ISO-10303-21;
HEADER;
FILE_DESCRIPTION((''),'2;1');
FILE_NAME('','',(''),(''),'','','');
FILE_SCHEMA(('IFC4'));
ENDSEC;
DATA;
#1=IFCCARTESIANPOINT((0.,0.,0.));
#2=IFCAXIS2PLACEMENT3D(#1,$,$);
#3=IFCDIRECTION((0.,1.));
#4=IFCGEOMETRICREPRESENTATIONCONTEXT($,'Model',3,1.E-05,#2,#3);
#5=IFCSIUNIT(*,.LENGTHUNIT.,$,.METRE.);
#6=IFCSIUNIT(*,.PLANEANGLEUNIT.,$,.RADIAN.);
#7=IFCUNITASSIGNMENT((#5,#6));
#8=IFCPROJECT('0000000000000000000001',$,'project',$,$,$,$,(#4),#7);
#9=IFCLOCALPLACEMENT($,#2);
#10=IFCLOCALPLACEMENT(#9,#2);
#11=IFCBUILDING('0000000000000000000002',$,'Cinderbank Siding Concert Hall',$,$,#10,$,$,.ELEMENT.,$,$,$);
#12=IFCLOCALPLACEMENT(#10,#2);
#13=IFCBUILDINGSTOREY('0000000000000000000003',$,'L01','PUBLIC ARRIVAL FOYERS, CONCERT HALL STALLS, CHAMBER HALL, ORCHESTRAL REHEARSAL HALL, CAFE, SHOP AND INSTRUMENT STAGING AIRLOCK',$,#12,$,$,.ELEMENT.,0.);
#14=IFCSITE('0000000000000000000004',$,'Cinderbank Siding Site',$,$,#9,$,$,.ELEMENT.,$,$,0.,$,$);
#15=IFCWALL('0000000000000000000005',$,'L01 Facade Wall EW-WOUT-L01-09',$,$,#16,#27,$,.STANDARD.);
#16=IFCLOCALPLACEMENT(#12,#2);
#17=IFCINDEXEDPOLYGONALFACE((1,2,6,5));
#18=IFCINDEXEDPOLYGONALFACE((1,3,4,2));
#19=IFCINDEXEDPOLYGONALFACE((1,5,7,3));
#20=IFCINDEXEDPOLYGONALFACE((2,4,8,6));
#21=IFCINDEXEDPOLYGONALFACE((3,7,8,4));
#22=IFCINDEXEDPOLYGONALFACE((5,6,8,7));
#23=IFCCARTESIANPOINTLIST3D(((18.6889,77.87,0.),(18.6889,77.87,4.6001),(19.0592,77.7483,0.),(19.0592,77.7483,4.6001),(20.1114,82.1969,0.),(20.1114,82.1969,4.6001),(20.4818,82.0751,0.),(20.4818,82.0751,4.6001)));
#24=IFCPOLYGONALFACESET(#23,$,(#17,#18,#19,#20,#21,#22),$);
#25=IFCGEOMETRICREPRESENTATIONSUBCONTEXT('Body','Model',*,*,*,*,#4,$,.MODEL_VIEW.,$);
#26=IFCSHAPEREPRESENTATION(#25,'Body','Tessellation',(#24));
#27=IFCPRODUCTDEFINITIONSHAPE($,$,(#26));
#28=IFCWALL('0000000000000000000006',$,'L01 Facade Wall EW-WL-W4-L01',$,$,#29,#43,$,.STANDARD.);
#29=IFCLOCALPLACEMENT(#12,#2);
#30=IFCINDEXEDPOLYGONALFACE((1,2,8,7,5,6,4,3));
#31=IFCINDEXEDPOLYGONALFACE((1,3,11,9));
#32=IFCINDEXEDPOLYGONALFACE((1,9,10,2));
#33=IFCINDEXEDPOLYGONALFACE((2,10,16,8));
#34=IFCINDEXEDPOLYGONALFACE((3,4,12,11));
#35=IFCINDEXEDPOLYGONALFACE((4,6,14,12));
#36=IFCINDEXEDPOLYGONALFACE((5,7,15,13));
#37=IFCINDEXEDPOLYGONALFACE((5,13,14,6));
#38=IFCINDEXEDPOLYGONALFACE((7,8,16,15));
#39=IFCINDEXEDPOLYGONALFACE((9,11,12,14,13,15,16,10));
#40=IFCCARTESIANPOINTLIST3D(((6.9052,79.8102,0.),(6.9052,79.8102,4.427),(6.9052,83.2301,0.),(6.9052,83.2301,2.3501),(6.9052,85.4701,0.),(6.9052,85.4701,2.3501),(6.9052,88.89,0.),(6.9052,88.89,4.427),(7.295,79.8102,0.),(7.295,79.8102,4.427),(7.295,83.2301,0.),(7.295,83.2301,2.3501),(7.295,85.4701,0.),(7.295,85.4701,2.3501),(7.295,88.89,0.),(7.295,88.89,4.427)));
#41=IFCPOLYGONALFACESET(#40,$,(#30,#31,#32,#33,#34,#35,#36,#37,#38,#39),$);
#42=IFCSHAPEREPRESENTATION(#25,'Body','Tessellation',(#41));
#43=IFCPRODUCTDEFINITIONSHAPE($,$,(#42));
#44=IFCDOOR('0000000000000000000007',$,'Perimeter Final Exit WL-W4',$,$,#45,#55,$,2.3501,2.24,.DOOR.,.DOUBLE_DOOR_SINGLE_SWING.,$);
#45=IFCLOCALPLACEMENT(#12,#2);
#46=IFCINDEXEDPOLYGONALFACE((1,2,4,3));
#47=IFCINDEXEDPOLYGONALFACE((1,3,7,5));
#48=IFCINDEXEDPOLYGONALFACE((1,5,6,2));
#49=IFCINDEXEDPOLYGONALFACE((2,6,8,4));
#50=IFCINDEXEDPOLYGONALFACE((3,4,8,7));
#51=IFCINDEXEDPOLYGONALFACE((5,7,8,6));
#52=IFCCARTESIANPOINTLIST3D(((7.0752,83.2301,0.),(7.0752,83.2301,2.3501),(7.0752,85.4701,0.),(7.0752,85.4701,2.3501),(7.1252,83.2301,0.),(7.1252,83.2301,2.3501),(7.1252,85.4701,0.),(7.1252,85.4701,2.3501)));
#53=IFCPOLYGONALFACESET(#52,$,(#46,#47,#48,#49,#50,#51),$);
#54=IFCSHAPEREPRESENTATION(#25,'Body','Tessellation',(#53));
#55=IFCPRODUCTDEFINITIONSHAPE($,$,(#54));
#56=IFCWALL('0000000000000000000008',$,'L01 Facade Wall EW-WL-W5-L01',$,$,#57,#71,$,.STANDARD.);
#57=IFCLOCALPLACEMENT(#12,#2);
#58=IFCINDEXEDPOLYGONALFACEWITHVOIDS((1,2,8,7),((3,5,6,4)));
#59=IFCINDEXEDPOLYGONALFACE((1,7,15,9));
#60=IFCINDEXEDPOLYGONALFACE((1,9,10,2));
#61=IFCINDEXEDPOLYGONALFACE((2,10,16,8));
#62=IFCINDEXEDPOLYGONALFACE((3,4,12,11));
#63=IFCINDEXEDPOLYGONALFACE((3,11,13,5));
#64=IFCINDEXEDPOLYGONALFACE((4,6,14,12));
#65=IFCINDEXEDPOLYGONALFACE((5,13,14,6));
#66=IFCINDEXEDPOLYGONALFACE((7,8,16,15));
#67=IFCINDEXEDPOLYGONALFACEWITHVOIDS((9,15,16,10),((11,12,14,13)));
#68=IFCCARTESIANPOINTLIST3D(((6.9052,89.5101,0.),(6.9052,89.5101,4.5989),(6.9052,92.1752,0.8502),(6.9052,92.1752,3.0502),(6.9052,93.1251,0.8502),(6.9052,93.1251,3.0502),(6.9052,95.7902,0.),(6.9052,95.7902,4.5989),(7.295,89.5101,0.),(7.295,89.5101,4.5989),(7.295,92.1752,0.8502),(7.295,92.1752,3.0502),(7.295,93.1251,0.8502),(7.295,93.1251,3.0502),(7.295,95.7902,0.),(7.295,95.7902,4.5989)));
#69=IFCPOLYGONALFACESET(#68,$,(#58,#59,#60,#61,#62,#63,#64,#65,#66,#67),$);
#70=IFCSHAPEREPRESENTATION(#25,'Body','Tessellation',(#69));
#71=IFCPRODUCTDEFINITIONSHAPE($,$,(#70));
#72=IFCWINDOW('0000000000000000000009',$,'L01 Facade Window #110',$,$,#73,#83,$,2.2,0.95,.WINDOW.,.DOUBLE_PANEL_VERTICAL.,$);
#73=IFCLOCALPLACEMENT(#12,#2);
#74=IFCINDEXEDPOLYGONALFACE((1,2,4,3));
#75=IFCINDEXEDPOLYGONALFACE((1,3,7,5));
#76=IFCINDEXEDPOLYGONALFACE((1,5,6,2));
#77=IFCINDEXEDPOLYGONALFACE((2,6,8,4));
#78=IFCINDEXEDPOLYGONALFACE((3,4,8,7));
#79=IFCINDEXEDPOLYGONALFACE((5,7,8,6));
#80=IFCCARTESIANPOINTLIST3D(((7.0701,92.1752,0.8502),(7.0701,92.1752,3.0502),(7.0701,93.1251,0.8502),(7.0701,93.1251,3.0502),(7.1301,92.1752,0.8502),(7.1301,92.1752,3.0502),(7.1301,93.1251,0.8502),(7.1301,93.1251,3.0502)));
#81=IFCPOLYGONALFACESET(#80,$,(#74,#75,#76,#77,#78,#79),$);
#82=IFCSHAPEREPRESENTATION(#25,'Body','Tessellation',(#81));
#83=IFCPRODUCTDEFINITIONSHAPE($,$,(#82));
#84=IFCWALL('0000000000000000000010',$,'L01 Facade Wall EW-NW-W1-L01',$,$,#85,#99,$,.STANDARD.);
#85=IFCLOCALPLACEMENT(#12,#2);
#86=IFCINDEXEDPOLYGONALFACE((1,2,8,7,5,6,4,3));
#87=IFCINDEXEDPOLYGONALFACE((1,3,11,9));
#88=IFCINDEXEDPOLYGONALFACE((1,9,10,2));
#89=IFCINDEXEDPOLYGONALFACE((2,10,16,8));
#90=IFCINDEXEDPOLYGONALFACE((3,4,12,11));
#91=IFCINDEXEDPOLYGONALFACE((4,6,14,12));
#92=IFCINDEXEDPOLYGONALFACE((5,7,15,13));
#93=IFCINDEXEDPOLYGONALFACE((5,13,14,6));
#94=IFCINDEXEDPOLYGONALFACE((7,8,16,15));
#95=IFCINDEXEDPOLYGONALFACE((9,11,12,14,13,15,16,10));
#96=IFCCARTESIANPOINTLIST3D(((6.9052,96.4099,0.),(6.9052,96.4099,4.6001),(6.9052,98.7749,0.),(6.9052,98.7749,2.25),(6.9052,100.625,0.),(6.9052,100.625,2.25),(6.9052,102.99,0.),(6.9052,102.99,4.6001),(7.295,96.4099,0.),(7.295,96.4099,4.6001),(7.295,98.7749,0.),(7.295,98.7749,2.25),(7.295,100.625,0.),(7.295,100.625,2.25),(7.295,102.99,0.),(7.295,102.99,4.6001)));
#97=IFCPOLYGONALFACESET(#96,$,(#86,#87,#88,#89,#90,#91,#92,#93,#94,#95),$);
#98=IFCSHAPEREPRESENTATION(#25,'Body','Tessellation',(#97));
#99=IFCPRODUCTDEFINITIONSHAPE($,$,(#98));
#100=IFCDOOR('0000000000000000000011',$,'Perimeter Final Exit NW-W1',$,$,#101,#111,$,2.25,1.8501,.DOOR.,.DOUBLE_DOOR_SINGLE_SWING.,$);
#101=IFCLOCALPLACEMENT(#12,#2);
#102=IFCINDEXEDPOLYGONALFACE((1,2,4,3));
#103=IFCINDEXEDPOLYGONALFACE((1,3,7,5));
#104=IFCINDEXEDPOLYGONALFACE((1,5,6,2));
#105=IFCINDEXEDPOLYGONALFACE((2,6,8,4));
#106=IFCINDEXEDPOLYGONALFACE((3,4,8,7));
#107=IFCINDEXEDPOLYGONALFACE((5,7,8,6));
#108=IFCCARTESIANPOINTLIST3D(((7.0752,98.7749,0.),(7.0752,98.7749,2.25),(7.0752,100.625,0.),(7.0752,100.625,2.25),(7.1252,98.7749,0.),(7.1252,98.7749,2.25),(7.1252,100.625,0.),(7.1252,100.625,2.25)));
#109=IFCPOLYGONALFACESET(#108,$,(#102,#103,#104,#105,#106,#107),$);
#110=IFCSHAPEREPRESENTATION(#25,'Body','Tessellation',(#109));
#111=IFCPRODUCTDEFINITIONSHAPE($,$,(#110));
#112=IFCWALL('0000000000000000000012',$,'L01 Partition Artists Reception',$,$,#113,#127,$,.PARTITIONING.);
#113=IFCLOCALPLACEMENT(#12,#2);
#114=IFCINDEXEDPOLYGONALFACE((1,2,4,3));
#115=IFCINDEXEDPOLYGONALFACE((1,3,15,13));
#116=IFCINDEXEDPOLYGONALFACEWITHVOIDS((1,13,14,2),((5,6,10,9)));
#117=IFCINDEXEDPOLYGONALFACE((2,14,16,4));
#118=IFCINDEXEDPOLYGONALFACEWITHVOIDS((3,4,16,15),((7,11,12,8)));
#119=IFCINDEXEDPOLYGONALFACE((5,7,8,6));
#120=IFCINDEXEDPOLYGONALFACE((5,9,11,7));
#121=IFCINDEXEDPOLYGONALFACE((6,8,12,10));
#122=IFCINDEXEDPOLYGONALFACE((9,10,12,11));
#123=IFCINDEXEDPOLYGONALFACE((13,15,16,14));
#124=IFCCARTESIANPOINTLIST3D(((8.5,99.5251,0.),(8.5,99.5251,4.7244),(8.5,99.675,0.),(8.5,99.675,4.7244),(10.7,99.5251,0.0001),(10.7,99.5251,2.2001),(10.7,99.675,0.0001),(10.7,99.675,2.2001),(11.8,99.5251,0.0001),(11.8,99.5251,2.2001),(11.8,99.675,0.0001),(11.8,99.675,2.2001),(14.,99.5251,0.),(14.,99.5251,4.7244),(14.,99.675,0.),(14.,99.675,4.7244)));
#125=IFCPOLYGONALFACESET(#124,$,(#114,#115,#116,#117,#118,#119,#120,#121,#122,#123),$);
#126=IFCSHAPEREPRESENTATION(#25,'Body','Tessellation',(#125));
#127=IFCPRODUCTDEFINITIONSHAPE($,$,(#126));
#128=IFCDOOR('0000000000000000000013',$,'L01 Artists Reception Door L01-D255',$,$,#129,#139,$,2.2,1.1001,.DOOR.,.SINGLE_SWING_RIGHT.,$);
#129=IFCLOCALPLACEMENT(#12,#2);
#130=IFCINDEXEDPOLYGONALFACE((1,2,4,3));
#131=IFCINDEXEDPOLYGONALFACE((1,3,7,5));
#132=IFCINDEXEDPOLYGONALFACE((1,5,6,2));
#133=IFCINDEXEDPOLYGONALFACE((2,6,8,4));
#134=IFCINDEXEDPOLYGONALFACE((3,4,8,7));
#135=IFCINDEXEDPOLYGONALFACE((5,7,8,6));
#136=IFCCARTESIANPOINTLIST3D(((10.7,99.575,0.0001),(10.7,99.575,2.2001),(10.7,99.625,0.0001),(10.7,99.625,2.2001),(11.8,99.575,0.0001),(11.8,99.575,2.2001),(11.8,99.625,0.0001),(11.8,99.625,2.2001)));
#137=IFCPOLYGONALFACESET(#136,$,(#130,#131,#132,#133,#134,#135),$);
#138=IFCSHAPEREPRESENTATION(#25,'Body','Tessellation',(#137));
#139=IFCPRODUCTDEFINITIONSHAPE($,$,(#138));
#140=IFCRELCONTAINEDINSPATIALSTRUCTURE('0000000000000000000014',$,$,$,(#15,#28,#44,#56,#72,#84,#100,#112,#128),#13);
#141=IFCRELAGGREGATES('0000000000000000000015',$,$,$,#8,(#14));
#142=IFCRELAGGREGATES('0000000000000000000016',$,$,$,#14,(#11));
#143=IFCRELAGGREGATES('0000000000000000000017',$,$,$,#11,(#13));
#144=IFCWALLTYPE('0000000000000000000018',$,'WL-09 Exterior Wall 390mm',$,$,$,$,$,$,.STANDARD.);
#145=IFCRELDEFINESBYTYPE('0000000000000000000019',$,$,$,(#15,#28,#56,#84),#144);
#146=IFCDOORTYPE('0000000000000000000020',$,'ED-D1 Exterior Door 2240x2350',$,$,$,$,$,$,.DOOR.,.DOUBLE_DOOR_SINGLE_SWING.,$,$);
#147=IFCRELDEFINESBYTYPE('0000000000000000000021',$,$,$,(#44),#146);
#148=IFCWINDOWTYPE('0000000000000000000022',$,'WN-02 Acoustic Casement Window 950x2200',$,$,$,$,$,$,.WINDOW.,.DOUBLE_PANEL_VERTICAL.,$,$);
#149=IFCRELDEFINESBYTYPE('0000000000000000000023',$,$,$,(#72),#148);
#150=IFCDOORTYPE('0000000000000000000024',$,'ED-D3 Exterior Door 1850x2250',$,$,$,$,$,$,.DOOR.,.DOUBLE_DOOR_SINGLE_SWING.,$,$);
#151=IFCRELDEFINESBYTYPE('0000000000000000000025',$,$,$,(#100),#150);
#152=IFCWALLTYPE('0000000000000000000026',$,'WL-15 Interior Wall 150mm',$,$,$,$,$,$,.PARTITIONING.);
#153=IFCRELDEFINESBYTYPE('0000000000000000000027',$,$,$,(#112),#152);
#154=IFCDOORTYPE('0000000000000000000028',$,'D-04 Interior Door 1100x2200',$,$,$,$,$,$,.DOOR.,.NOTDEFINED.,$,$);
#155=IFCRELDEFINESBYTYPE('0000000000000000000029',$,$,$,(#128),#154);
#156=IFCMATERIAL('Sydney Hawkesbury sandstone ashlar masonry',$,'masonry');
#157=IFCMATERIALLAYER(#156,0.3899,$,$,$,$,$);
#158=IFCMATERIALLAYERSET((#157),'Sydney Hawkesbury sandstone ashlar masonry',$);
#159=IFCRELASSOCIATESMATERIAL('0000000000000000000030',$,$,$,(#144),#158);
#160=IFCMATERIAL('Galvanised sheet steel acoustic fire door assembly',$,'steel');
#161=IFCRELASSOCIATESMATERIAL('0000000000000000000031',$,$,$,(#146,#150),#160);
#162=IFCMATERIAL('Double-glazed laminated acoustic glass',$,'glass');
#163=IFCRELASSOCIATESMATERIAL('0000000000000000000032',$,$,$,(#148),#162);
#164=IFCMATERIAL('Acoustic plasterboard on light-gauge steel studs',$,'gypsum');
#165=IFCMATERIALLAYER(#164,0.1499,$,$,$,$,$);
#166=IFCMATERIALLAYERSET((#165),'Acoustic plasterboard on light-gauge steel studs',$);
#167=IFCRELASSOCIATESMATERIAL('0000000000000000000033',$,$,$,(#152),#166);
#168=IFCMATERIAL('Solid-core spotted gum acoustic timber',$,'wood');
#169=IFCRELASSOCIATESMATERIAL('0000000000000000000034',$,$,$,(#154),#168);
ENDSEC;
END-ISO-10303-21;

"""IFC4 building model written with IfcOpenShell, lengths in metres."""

from ifc_helpers import new_model, si_unit, direction, frame, frame_2d, origin, place, context, subcontext, project, spatial, rectangle, extrude, material, layer, layer_set, type_object, element, fill, save


model = new_model("IFC4")

# Units and contexts
model_context = context("Model", 3, precision=1e-05, world=origin(), true_north=direction((0.0, 1.0)))
body_context = subcontext(model_context, "Body", "Model", "MODEL_VIEW")
ifc_project = project(units=[si_unit("LENGTHUNIT", "METRE"), si_unit("PLANEANGLEUNIT", "RADIAN")], contexts=[model_context])

# Site, building, storey
site_placement = place(None, origin())
site = spatial("IfcSite", under=ifc_project, at=site_placement, Name="Cinderbank Siding Site", CompositionType="ELEMENT", RefElevation=0.0)
building_placement = place(site_placement, origin())
building = spatial("IfcBuilding", under=site, at=building_placement, Name="Cinderbank Siding Concert Hall", CompositionType="ELEMENT")
storey_placement = place(building_placement, origin())
storey = spatial("IfcBuildingStorey", under=building, at=storey_placement, Name="L01", Description="PUBLIC ARRIVAL FOYERS, CONCERT HALL STALLS, CHAMBER HALL, ORCHESTRAL REHEARSAL HALL, CAFE, SHOP AND INSTRUMENT STAGING AIRLOCK", CompositionType="ELEMENT", Elevation=0.0)

# Wall
ifc_material_1 = material(Name="Sydney Hawkesbury sandstone ashlar masonry", Category="masonry")
ifc_layer_1 = layer(ifc_material_1, 0.3899)
ifc_layer_set_1 = layer_set([ifc_layer_1], Name="Sydney Hawkesbury sandstone ashlar masonry")
wall_type_1 = type_object("IfcWallType", Name="WL-09 Exterior Wall 390mm", PredefinedType="STANDARD", material=ifc_layer_set_1)
wall_1_placement = place(storey_placement, frame((20.2966, 82.136, 0.0), z_axis=(0.0, 0.0, 1.0), x_axis=(-0.312334, -0.949972, 0.0)))
element("IfcWall", 1, at=wall_1_placement, inside=storey, type_object=wall_type_1, Name="L01 Facade Wall EW-WOUT-L01-09", PredefinedType="STANDARD", context=body_context, shape_type="SweptSolid", body=[
    extrude(rectangle(XDim=4.5547, YDim=0.3899, at=frame_2d((2.2773, 0.0))), origin(), (0.0, 0.0, 1.0), 4.6001),
])

# Wall, opening, door
wall_2_placement = place(storey_placement, frame((7.1001, 79.8101, 0.0), z_axis=(0.0, 0.0, 1.0), x_axis=(0.0, 1.0, 0.0)))
wall_2 = element("IfcWall", 2, at=wall_2_placement, inside=storey, type_object=wall_type_1, Name="L01 Facade Wall EW-WL-W4-L01", PredefinedType="STANDARD", context=body_context, shape_type="SweptSolid", body=[
    extrude(rectangle(XDim=9.0798, YDim=0.3899, at=frame_2d((4.54, 0.0))), origin(), (0.0, 0.0, 1.0), 4.427),
])
opening_1_placement = place(wall_2_placement, frame((3.4199, 0.0, 0.0)))
opening_1 = element("IfcOpeningElement", 3, at=opening_1_placement, cuts=wall_2, PredefinedType="OPENING", context=body_context, shape_type="SweptSolid", body=[
    extrude(rectangle(XDim=2.24, YDim=2.3501, at=frame_2d((1.1201, 1.175))), frame((0.0, 0.207, 0.0), z_axis=(0.0, -1.0, 0.0), x_axis=(1.0, 0.0, 0.0)), (0.0, 0.0, 1.0), 0.4138),
])
ifc_material_2 = material(Name="Galvanised sheet steel acoustic fire door assembly", Category="steel")
door_type_1 = type_object("IfcDoorType", Name="ED-D1 Exterior Door 2240x2350", OperationType="DOUBLE_DOOR_SINGLE_SWING", PredefinedType="DOOR", material=ifc_material_2)
door_1_placement = place(opening_1_placement, origin())
door_1 = element("IfcDoor", 4, at=door_1_placement, inside=storey, type_object=door_type_1, Name="Perimeter Final Exit WL-W4", OperationType="DOUBLE_DOOR_SINGLE_SWING", OverallHeight=2.3501, OverallWidth=2.24, PredefinedType="DOOR", context=body_context, shape_type="SweptSolid", body=[
    extrude(rectangle(XDim=2.24, YDim=2.3501, at=frame_2d((1.1201, 1.175))), frame((0.0, 0.0249, 0.0), z_axis=(0.0, -1.0, 0.0), x_axis=(1.0, 0.0, 0.0)), (0.0, 0.0, 1.0), 0.05),
])
fill(opening_1, door_1)

# Wall, opening, window
wall_3_placement = place(storey_placement, frame((7.1001, 89.51, 0.0), z_axis=(0.0, 0.0, 1.0), x_axis=(0.0, 1.0, 0.0)))
wall_3 = element("IfcWall", 5, at=wall_3_placement, inside=storey, type_object=wall_type_1, Name="L01 Facade Wall EW-WL-W5-L01", PredefinedType="STANDARD", context=body_context, shape_type="SweptSolid", body=[
    extrude(rectangle(XDim=6.28, YDim=0.3899, at=frame_2d((3.1401, 0.0))), origin(), (0.0, 0.0, 1.0), 4.5989),
])
opening_2_placement = place(wall_3_placement, frame((2.665, 0.0, 0.8501)))
opening_2 = element("IfcOpeningElement", 6, at=opening_2_placement, cuts=wall_3, PredefinedType="OPENING", context=body_context, shape_type="SweptSolid", body=[
    extrude(rectangle(XDim=0.95, YDim=2.2, at=frame_2d((0.4751, 1.1001))), frame((0.0, 0.207, 0.0), z_axis=(0.0, -1.0, 0.0), x_axis=(1.0, 0.0, 0.0)), (0.0, 0.0, 1.0), 0.4138),
])
ifc_material_3 = material(Name="Double-glazed laminated acoustic glass", Category="glass")
window_type = type_object("IfcWindowType", Name="WN-02 Acoustic Casement Window 950x2200", PartitioningType="DOUBLE_PANEL_VERTICAL", PredefinedType="WINDOW", material=ifc_material_3)
window_placement = place(opening_2_placement, origin())
window = element("IfcWindow", 7, at=window_placement, inside=storey, type_object=window_type, Name="L01 Facade Window #110", OverallHeight=2.2, OverallWidth=0.95, PartitioningType="DOUBLE_PANEL_VERTICAL", PredefinedType="WINDOW", context=body_context, shape_type="SweptSolid", body=[
    extrude(rectangle(XDim=0.95, YDim=2.2, at=frame_2d((0.4751, 1.1001))), frame((0.0, 0.03, 0.0), z_axis=(0.0, -1.0, 0.0), x_axis=(1.0, 0.0, 0.0)), (0.0, 0.0, 1.0), 0.0601),
])
fill(opening_2, window)

# Walls, openings, doors
wall_4_placement = place(storey_placement, frame((7.1001, 96.4099, 0.0), z_axis=(0.0, 0.0, 1.0), x_axis=(0.0, 1.0, 0.0)))
wall_4 = element("IfcWall", 8, at=wall_4_placement, inside=storey, type_object=wall_type_1, Name="L01 Facade Wall EW-NW-W1-L01", PredefinedType="STANDARD", context=body_context, shape_type="SweptSolid", body=[
    extrude(rectangle(XDim=6.5801, YDim=0.3899, at=frame_2d((3.29, 0.0))), origin(), (0.0, 0.0, 1.0), 4.6001),
])
opening_3_placement = place(wall_4_placement, frame((2.365, 0.0, 0.0)))
opening_3 = element("IfcOpeningElement", 9, at=opening_3_placement, cuts=wall_4, PredefinedType="OPENING", context=body_context, shape_type="SweptSolid", body=[
    extrude(rectangle(XDim=1.8501, YDim=2.25, at=frame_2d((0.925, 1.125))), frame((0.0, 0.207, 0.0), z_axis=(0.0, -1.0, 0.0), x_axis=(1.0, 0.0, 0.0)), (0.0, 0.0, 1.0), 0.4138),
])
door_type_2 = type_object("IfcDoorType", Name="ED-D3 Exterior Door 1850x2250", OperationType="DOUBLE_DOOR_SINGLE_SWING", PredefinedType="DOOR", material=ifc_material_2)
door_2_placement = place(opening_3_placement, origin())
door_2 = element("IfcDoor", 10, at=door_2_placement, inside=storey, type_object=door_type_2, Name="Perimeter Final Exit NW-W1", OperationType="DOUBLE_DOOR_SINGLE_SWING", OverallHeight=2.25, OverallWidth=1.8501, PredefinedType="DOOR", context=body_context, shape_type="SweptSolid", body=[
    extrude(rectangle(XDim=1.8501, YDim=2.25, at=frame_2d((0.925, 1.125))), frame((0.0, 0.0249, 0.0), z_axis=(0.0, -1.0, 0.0), x_axis=(1.0, 0.0, 0.0)), (0.0, 0.0, 1.0), 0.05),
])
fill(opening_3, door_2)
ifc_material_4 = material(Name="Acoustic plasterboard on light-gauge steel studs", Category="gypsum")
ifc_layer_2 = layer(ifc_material_4, 0.1499)
ifc_layer_set_2 = layer_set([ifc_layer_2], Name="Acoustic plasterboard on light-gauge steel studs")
wall_type_2 = type_object("IfcWallType", Name="WL-15 Interior Wall 150mm", PredefinedType="PARTITIONING", material=ifc_layer_set_2)
wall_5_placement = place(storey_placement, frame((8.5, 99.6001, 0.0), z_axis=(0.0, 0.0, 1.0), x_axis=(1.0, 0.0, 0.0)))
wall_5 = element("IfcWall", 11, at=wall_5_placement, inside=storey, type_object=wall_type_2, Name="L01 Partition Artists Reception", PredefinedType="PARTITIONING", context=body_context, shape_type="SweptSolid", body=[
    extrude(rectangle(XDim=5.5, YDim=0.1499, at=frame_2d((2.75, 0.0))), origin(), (0.0, 0.0, 1.0), 4.7244),
])
opening_4_placement = place(wall_5_placement, frame((2.2, 0.0, 0.0)))
opening_4 = element("IfcOpeningElement", 12, at=opening_4_placement, cuts=wall_5, PredefinedType="OPENING", context=body_context, shape_type="SweptSolid", body=[
    extrude(rectangle(XDim=1.1001, YDim=2.2, at=frame_2d((0.55, 1.1001))), frame((0.0, 0.0869, 0.0), z_axis=(0.0, -1.0, 0.0), x_axis=(1.0, 0.0, 0.0)), (0.0, 0.0, 1.0), 0.1738),
])
ifc_material_5 = material(Name="Solid-core spotted gum acoustic timber", Category="wood")
door_type_3 = type_object("IfcDoorType", Name="D-04 Interior Door 1100x2200", OperationType="NOTDEFINED", PredefinedType="DOOR", material=ifc_material_5)
door_3_placement = place(opening_4_placement, origin())
door_3 = element("IfcDoor", 13, at=door_3_placement, inside=storey, type_object=door_type_3, Name="L01 Artists Reception Door L01-D255", OperationType="SINGLE_SWING_RIGHT", OverallHeight=2.2, OverallWidth=1.1001, PredefinedType="DOOR", context=body_context, shape_type="SweptSolid", body=[
    extrude(rectangle(XDim=1.1001, YDim=2.2, at=frame_2d((0.55, 1.1001))), frame((0.0, 0.0249, 0.0), z_axis=(0.0, -1.0, 0.0), x_axis=(1.0, 0.0, 0.0)), (0.0, 0.0, 1.0), 0.05),
])
fill(opening_4, door_3)

save(model, "model.ifc")
